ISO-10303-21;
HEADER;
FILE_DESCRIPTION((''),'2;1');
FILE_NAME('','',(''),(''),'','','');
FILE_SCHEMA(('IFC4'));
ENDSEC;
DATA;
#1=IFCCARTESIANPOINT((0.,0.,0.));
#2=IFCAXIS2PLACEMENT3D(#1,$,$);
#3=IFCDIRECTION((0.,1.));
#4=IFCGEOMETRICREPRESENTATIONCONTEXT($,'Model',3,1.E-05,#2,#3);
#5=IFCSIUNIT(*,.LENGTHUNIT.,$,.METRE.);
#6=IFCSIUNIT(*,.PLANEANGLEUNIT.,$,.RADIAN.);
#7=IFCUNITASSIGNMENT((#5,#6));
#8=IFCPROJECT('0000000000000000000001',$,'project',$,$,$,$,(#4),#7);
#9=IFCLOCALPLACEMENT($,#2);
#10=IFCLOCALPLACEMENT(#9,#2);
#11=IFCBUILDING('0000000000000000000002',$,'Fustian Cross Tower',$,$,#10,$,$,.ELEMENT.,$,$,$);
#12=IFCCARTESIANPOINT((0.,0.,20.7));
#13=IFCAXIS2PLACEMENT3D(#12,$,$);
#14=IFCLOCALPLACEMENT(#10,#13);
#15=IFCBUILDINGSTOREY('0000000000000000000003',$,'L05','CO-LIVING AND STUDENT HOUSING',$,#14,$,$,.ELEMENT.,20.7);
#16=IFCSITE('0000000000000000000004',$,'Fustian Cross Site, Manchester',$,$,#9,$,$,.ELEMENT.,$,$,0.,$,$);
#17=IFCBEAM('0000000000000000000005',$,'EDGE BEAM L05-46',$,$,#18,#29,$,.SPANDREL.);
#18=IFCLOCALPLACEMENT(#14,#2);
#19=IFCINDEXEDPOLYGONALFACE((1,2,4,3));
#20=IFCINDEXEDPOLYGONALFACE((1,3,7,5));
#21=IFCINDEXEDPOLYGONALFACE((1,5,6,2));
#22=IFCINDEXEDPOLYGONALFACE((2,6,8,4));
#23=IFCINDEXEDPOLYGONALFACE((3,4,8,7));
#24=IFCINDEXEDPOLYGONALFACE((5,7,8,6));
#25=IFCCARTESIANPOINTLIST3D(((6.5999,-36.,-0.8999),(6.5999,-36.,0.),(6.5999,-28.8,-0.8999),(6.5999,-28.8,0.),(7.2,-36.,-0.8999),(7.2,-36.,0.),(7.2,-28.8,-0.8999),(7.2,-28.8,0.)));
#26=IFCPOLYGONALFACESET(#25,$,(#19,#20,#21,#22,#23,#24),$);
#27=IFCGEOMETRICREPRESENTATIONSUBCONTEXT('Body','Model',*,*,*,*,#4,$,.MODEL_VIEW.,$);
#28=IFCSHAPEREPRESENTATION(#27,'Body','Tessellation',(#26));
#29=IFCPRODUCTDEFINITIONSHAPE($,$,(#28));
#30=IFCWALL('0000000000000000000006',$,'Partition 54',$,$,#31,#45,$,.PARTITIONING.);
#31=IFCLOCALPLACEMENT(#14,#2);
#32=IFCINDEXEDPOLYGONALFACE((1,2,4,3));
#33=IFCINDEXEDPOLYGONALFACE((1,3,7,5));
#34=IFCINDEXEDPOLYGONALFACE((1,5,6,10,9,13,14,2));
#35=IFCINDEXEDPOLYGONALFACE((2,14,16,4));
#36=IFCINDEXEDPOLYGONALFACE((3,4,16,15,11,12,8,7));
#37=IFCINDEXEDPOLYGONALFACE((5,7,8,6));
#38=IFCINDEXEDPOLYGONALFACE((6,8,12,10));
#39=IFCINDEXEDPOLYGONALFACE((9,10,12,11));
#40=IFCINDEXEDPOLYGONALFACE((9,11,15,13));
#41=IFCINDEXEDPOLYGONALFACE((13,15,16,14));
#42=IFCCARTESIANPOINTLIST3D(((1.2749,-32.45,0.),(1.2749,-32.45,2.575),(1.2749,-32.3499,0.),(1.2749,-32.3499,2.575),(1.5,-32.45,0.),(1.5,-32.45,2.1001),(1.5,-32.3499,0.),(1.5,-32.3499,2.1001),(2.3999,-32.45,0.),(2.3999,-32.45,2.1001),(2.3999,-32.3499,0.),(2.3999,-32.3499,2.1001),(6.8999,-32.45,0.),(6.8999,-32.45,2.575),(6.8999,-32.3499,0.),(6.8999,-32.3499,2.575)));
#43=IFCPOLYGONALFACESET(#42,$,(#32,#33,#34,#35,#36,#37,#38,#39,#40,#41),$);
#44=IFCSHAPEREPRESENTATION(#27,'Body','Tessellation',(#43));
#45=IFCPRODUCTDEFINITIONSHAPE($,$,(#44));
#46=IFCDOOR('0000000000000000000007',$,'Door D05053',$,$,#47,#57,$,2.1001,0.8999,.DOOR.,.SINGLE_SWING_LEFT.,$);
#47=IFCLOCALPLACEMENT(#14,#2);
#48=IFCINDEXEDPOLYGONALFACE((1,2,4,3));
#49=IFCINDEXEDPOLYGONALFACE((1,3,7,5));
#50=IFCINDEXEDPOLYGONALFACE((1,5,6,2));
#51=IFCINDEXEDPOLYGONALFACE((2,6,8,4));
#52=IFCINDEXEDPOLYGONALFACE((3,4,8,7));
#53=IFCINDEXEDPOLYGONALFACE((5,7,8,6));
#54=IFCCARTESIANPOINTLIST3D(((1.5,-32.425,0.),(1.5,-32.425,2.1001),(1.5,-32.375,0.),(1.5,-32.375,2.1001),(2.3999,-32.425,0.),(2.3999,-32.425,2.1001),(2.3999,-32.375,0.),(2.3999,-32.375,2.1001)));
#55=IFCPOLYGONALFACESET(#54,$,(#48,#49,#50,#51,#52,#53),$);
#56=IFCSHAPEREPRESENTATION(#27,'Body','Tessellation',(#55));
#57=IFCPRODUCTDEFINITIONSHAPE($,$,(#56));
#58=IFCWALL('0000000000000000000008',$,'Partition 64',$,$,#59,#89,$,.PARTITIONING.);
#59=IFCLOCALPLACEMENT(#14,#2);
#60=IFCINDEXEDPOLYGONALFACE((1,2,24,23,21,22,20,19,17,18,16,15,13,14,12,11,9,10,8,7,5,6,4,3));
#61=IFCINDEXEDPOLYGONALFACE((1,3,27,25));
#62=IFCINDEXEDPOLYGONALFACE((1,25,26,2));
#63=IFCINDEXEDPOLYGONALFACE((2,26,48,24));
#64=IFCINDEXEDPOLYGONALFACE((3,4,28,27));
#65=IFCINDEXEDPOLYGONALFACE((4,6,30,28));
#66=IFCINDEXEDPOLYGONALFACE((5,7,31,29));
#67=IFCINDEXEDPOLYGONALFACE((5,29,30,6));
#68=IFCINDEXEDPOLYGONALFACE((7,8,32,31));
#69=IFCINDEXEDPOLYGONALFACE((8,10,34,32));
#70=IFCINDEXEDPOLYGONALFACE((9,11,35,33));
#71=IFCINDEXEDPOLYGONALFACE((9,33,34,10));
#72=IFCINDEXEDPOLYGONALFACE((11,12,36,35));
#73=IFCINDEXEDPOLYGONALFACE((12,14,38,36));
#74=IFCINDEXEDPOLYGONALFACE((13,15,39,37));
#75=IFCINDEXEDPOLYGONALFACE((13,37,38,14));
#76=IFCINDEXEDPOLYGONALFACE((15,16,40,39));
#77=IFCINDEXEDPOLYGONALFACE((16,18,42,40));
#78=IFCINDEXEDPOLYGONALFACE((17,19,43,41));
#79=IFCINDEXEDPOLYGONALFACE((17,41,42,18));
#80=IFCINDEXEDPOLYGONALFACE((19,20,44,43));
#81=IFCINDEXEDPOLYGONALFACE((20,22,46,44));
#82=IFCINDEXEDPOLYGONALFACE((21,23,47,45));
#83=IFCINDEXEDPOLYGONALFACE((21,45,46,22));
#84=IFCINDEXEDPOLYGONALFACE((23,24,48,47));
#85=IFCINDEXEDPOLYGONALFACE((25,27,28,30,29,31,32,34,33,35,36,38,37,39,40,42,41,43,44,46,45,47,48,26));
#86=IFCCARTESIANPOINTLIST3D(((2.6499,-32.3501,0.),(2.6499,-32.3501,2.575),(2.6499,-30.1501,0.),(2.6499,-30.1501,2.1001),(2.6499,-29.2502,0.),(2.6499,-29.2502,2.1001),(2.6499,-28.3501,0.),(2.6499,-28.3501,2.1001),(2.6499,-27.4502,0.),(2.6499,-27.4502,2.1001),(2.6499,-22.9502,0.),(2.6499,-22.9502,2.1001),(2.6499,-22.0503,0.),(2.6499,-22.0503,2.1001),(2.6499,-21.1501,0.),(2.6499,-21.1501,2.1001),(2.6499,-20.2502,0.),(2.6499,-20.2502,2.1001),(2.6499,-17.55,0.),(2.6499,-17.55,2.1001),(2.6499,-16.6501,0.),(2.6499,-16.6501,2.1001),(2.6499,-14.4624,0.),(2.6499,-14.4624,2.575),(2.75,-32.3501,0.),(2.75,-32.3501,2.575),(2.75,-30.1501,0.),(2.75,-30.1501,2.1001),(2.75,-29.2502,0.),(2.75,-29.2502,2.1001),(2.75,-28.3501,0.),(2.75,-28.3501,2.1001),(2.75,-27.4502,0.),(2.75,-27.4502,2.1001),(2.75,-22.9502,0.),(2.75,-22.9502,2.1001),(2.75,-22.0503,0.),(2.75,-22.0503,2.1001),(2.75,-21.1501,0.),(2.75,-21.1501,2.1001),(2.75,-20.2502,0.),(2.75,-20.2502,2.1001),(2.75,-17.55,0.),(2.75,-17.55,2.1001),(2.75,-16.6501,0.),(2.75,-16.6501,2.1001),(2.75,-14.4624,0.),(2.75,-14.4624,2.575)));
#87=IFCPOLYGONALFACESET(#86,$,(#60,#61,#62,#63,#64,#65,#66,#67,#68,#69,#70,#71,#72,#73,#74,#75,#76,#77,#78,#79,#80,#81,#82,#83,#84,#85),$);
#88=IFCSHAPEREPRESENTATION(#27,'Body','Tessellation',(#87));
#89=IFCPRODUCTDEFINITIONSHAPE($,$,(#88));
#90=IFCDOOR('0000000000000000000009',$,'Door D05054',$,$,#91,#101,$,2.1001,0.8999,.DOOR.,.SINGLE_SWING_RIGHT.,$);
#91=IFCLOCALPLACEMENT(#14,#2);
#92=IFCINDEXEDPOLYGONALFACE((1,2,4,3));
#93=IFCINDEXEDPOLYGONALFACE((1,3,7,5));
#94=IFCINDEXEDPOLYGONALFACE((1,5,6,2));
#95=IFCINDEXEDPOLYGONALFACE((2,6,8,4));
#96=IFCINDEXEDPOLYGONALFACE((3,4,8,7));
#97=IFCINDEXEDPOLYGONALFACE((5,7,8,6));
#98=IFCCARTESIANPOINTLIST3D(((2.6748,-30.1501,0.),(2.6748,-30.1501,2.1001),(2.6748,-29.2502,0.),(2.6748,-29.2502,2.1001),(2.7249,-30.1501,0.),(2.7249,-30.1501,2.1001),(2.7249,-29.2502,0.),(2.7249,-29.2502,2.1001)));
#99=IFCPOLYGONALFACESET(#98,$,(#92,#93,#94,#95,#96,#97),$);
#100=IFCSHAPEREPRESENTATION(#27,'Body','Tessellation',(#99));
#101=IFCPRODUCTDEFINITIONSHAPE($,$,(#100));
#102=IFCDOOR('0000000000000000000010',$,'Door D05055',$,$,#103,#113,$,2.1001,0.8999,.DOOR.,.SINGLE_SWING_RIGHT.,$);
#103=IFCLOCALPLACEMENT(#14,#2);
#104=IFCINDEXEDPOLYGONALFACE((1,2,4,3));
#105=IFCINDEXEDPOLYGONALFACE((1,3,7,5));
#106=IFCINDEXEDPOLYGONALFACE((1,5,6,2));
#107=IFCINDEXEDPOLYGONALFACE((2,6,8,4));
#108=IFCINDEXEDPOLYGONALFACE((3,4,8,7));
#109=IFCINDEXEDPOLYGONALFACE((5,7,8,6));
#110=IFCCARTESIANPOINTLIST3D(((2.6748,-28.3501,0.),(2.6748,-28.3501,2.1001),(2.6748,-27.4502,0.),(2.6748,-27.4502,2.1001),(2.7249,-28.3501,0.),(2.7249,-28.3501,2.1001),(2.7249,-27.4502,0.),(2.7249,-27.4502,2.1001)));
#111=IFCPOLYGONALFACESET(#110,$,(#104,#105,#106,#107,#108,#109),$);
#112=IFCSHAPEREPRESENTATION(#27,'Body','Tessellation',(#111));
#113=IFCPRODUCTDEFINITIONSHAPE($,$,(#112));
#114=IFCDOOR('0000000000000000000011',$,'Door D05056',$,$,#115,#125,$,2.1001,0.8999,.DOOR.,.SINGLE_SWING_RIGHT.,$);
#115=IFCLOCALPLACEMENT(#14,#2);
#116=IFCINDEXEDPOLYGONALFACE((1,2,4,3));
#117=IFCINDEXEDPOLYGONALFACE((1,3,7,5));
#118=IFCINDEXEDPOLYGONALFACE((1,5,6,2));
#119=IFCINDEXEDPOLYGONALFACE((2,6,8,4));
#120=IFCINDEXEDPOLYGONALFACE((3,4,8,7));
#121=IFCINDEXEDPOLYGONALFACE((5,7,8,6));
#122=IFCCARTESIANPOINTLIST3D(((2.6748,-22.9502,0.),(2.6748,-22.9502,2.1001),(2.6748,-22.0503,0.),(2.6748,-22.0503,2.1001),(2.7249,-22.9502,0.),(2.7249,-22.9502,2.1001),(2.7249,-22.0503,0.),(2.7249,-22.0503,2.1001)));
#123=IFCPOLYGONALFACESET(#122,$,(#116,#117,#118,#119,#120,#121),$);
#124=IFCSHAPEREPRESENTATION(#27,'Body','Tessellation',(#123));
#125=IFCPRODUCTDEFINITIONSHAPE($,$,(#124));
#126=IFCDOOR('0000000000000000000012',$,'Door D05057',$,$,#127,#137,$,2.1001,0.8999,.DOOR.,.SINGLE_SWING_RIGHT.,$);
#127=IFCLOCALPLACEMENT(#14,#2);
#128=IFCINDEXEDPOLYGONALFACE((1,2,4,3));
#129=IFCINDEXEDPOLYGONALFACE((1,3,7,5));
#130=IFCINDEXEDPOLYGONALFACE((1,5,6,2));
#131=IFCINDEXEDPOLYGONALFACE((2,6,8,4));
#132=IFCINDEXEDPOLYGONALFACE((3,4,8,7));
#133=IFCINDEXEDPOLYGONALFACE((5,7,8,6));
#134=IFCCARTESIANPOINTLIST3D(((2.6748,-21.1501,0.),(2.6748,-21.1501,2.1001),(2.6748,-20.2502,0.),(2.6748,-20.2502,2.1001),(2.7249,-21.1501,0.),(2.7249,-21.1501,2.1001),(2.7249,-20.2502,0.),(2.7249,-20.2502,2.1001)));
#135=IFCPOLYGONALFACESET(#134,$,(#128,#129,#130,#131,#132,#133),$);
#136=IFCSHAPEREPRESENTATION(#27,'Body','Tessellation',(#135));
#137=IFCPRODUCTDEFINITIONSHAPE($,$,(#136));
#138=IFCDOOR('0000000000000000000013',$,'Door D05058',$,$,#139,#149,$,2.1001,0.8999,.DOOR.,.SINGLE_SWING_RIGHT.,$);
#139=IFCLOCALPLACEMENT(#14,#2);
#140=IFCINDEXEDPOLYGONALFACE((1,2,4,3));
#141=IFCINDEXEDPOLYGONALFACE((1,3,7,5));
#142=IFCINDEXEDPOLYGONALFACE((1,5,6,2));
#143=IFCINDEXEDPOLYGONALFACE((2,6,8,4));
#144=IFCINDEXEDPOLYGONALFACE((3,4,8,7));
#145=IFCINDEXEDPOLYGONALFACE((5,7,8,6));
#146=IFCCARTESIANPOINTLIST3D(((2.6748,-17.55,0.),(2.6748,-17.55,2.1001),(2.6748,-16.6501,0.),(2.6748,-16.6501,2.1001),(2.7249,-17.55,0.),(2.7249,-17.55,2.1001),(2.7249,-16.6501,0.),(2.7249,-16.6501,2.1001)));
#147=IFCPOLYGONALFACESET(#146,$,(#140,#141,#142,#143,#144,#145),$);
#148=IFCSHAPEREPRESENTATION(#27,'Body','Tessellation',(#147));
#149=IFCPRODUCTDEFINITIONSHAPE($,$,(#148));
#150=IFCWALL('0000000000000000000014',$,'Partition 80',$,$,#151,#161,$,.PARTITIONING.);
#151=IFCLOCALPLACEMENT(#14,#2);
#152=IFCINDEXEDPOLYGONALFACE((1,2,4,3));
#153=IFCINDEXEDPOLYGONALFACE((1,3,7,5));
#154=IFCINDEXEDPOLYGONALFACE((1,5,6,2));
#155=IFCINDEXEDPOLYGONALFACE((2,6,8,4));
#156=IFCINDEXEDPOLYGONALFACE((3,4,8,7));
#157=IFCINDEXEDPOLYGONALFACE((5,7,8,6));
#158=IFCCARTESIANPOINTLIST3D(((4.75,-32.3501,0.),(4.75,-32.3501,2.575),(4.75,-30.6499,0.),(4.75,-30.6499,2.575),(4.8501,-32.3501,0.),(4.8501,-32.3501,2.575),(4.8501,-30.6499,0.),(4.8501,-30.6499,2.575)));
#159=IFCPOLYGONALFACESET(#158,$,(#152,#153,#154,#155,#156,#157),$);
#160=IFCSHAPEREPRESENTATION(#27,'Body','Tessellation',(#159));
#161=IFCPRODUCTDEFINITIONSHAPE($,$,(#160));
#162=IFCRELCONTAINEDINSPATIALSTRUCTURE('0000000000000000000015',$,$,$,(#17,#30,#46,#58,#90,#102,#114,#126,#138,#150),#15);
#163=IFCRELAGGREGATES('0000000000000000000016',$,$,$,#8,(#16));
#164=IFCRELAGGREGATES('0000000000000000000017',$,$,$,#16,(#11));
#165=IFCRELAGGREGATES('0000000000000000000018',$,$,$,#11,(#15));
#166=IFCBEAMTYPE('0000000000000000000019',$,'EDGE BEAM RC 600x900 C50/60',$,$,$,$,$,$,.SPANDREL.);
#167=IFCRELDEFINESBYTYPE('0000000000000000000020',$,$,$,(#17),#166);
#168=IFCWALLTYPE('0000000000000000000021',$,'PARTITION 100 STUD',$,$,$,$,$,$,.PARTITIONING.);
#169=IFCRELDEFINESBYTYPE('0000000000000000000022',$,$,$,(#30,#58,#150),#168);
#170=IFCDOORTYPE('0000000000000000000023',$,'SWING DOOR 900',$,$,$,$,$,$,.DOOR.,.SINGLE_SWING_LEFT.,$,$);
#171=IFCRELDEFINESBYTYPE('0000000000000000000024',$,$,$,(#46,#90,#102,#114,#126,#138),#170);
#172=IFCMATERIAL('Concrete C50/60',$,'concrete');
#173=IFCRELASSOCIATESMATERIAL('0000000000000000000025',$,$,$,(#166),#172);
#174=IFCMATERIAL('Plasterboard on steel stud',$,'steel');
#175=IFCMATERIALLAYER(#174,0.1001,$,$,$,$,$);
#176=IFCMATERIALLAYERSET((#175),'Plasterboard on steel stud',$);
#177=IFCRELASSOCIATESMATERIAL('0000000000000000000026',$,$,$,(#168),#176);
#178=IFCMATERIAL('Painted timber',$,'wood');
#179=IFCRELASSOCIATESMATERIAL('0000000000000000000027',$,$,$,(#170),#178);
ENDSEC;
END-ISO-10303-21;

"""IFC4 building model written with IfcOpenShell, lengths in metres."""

from ifc_helpers import new_model, si_unit, direction, frame, frame_2d, origin, origin_2d, place, context, subcontext, project, spatial, rectangle, extrude, material, layer, layer_set, material_profile, profile_set, type_object, element, fill, save


model = new_model("IFC4")

# Units and contexts
model_context = context("Model", 3, precision=1e-05, world=origin(), true_north=direction((0.0, 1.0)))
body_context = subcontext(model_context, "Body", "Model", "MODEL_VIEW")
ifc_project = project(units=[si_unit("LENGTHUNIT", "METRE"), si_unit("PLANEANGLEUNIT", "RADIAN")], contexts=[model_context])

# Site, building, storey
site_placement = place(None, origin())
site = spatial("IfcSite", under=ifc_project, at=site_placement, Name="Fustian Cross Site, Manchester", CompositionType="ELEMENT", RefElevation=0.0)
building_placement = place(site_placement, origin())
building = spatial("IfcBuilding", under=site, at=building_placement, Name="Fustian Cross Tower", CompositionType="ELEMENT")
storey_placement = place(building_placement, frame((0.0, 0.0, 20.7)))
storey = spatial("IfcBuildingStorey", under=building, at=storey_placement, Name="L05", Description="CO-LIVING AND STUDENT HOUSING", CompositionType="ELEMENT", Elevation=20.7)

# Beam
ifc_material_1 = material(Name="Concrete C50/60", Category="concrete")
ifc_material_profile = material_profile(ifc_material_1, rectangle(XDim=0.6001, YDim=0.8999, at=origin_2d()), Name="RC 600x900")
ifc_profile_set = profile_set([ifc_material_profile], Name="Concrete C50/60")
beam_type = type_object("IfcBeamType", Name="EDGE BEAM RC 600x900 C50/60", PredefinedType="SPANDREL", material=ifc_profile_set)
beam_placement = place(storey_placement, frame((6.8999, -36.0, -0.45), z_axis=(0.0, 1.0, 0.0), x_axis=(-1.0, 0.0, 0.0)))
element("IfcBeam", 1, at=beam_placement, inside=storey, type_object=beam_type, Name="EDGE BEAM L05-46", PredefinedType="SPANDREL", context=body_context, shape_type="SweptSolid", body=[
    extrude(rectangle(XDim=0.6001, YDim=0.8999, at=origin_2d()), origin(), (0.0, 0.0, 1.0), 7.2),
])

# Wall, opening, door
ifc_material_2 = material(Name="Plasterboard on steel stud", Category="steel")
ifc_layer_1 = layer(ifc_material_2, 0.1001)
ifc_layer_set_1 = layer_set([ifc_layer_1], Name="Plasterboard on steel stud")
wall_type_1 = type_object("IfcWallType", Name="PARTITION 100 STUD", PredefinedType="PARTITIONING", material=ifc_layer_set_1)
wall_1_placement = place(storey_placement, frame((1.2749, -32.3999, 0.0), z_axis=(0.0, 0.0, 1.0), x_axis=(1.0, 0.0, 0.0)))
wall_1 = element("IfcWall", 2, at=wall_1_placement, inside=storey, type_object=wall_type_1, Name="Partition 54", PredefinedType="PARTITIONING", context=body_context, shape_type="SweptSolid", body=[
    extrude(rectangle(XDim=5.625, YDim=0.1001, at=frame_2d((2.8125, 0.0))), origin(), (0.0, 0.0, 1.0), 2.575),
])
opening_1_placement = place(wall_1_placement, frame((0.2251, 0.0, 0.0)))
opening_1 = element("IfcOpeningElement", 3, at=opening_1_placement, cuts=wall_1, PredefinedType="OPENING", context=body_context, shape_type="SweptSolid", body=[
    extrude(rectangle(XDim=0.8999, YDim=2.1001, at=frame_2d((0.45, 1.05))), frame((0.0, 0.0601, 0.0), z_axis=(0.0, -1.0, 0.0), x_axis=(1.0, 0.0, 0.0)), (0.0, 0.0, 1.0), 0.1201),
])
ifc_material_3 = material(Name="Painted timber", Category="wood")
door_type_1 = type_object("IfcDoorType", Name="SWING DOOR 900", OperationType="SINGLE_SWING_LEFT", PredefinedType="DOOR", material=ifc_material_3)
door_1_placement = place(opening_1_placement, origin())
door_1 = element("IfcDoor", 4, at=door_1_placement, inside=storey, type_object=door_type_1, Name="Door D05053", OperationType="SINGLE_SWING_LEFT", OverallHeight=2.1001, OverallWidth=0.8999, PredefinedType="DOOR", context=body_context, shape_type="SweptSolid", body=[
    extrude(rectangle(XDim=0.8999, YDim=2.1001, at=frame_2d((0.45, 1.05))), frame((0.0, 0.0249, 0.0), z_axis=(0.0, -1.0, 0.0), x_axis=(1.0, 0.0, 0.0)), (0.0, 0.0, 1.0), 0.05),
])
fill(opening_1, door_1)

# Wall, openings, doors
wall_2_placement = place(storey_placement, frame((2.7, -32.3501, 0.0), z_axis=(0.0, 0.0, 1.0), x_axis=(0.0, 1.0, 0.0)))
wall_2 = element("IfcWall", 5, at=wall_2_placement, inside=storey, type_object=wall_type_1, Name="Partition 64", PredefinedType="PARTITIONING", context=body_context, shape_type="SweptSolid", body=[
    extrude(rectangle(XDim=17.8877, YDim=0.1001, at=frame_2d((8.9438, 0.0))), origin(), (0.0, 0.0, 1.0), 2.575),
])
opening_2_placement = place(wall_2_placement, frame((2.2, 0.0, 0.0)))
opening_2 = element("IfcOpeningElement", 6, at=opening_2_placement, cuts=wall_2, PredefinedType="OPENING", context=body_context, shape_type="SweptSolid", body=[
    extrude(rectangle(XDim=0.8999, YDim=2.1001, at=frame_2d((0.45, 1.05))), frame((0.0, 0.0601, 0.0), z_axis=(0.0, -1.0, 0.0), x_axis=(1.0, 0.0, 0.0)), (0.0, 0.0, 1.0), 0.1201),
])
opening_3_placement = place(wall_2_placement, frame((4.0, 0.0, 0.0)))
opening_3 = element("IfcOpeningElement", 7, at=opening_3_placement, cuts=wall_2, PredefinedType="OPENING", context=body_context, shape_type="SweptSolid", body=[
    extrude(rectangle(XDim=0.8999, YDim=2.1001, at=frame_2d((0.45, 1.05))), frame((0.0, 0.0601, 0.0), z_axis=(0.0, -1.0, 0.0), x_axis=(1.0, 0.0, 0.0)), (0.0, 0.0, 1.0), 0.1201),
])
opening_4_placement = place(wall_2_placement, frame((9.3999, 0.0, 0.0)))
opening_4 = element("IfcOpeningElement", 8, at=opening_4_placement, cuts=wall_2, PredefinedType="OPENING", context=body_context, shape_type="SweptSolid", body=[
    extrude(rectangle(XDim=0.8999, YDim=2.1001, at=frame_2d((0.45, 1.05))), frame((0.0, 0.0601, 0.0), z_axis=(0.0, -1.0, 0.0), x_axis=(1.0, 0.0, 0.0)), (0.0, 0.0, 1.0), 0.1201),
])
opening_5_placement = place(wall_2_placement, frame((11.2, 0.0, 0.0)))
opening_5 = element("IfcOpeningElement", 9, at=opening_5_placement, cuts=wall_2, PredefinedType="OPENING", context=body_context, shape_type="SweptSolid", body=[
    extrude(rectangle(XDim=0.8999, YDim=2.1001, at=frame_2d((0.45, 1.05))), frame((0.0, 0.0601, 0.0), z_axis=(0.0, -1.0, 0.0), x_axis=(1.0, 0.0, 0.0)), (0.0, 0.0, 1.0), 0.1201),
])
opening_6_placement = place(wall_2_placement, frame((14.8, 0.0, 0.0)))
opening_6 = element("IfcOpeningElement", 10, at=opening_6_placement, cuts=wall_2, PredefinedType="OPENING", context=body_context, shape_type="SweptSolid", body=[
    extrude(rectangle(XDim=0.8999, YDim=2.1001, at=frame_2d((0.45, 1.05))), frame((0.0, 0.0601, 0.0), z_axis=(0.0, -1.0, 0.0), x_axis=(1.0, 0.0, 0.0)), (0.0, 0.0, 1.0), 0.1201),
])
door_2_placement = place(opening_2_placement, frame((0.8999, 0.0, 0.0), z_axis=(0.0, 0.0, 1.0), x_axis=(-1.0, 0.0, 0.0)))
door_2 = element("IfcDoor", 11, at=door_2_placement, inside=storey, type_object=door_type_1, Name="Door D05054", OperationType="SINGLE_SWING_RIGHT", OverallHeight=2.1001, OverallWidth=0.8999, PredefinedType="DOOR", context=body_context, shape_type="SweptSolid", body=[
    extrude(rectangle(XDim=0.8999, YDim=2.1001, at=frame_2d((0.45, 1.05))), frame((0.0, 0.0249, 0.0), z_axis=(0.0, -1.0, 0.0), x_axis=(1.0, 0.0, 0.0)), (0.0, 0.0, 1.0), 0.05),
])
fill(opening_2, door_2)
door_3_placement = place(opening_3_placement, frame((0.8999, 0.0, 0.0), z_axis=(0.0, 0.0, 1.0), x_axis=(-1.0, 0.0, 0.0)))
door_3 = element("IfcDoor", 12, at=door_3_placement, inside=storey, type_object=door_type_1, Name="Door D05055", OperationType="SINGLE_SWING_RIGHT", OverallHeight=2.1001, OverallWidth=0.8999, PredefinedType="DOOR", context=body_context, shape_type="SweptSolid", body=[
    extrude(rectangle(XDim=0.8999, YDim=2.1001, at=frame_2d((0.45, 1.05))), frame((0.0, 0.0249, 0.0), z_axis=(0.0, -1.0, 0.0), x_axis=(1.0, 0.0, 0.0)), (0.0, 0.0, 1.0), 0.05),
])
fill(opening_3, door_3)
door_4_placement = place(opening_4_placement, frame((0.8999, 0.0, 0.0), z_axis=(0.0, 0.0, 1.0), x_axis=(-1.0, 0.0, 0.0)))
door_4 = element("IfcDoor", 13, at=door_4_placement, inside=storey, type_object=door_type_1, Name="Door D05056", OperationType="SINGLE_SWING_RIGHT", OverallHeight=2.1001, OverallWidth=0.8999, PredefinedType="DOOR", context=body_context, shape_type="SweptSolid", body=[
    extrude(rectangle(XDim=0.8999, YDim=2.1001, at=frame_2d((0.45, 1.05))), frame((0.0, 0.0249, 0.0), z_axis=(0.0, -1.0, 0.0), x_axis=(1.0, 0.0, 0.0)), (0.0, 0.0, 1.0), 0.05),
])
fill(opening_4, door_4)
door_5_placement = place(opening_5_placement, frame((0.8999, 0.0, 0.0), z_axis=(0.0, 0.0, 1.0), x_axis=(-1.0, 0.0, 0.0)))
door_5 = element("IfcDoor", 14, at=door_5_placement, inside=storey, type_object=door_type_1, Name="Door D05057", OperationType="SINGLE_SWING_RIGHT", OverallHeight=2.1001, OverallWidth=0.8999, PredefinedType="DOOR", context=body_context, shape_type="SweptSolid", body=[
    extrude(rectangle(XDim=0.8999, YDim=2.1001, at=frame_2d((0.45, 1.05))), frame((0.0, 0.0249, 0.0), z_axis=(0.0, -1.0, 0.0), x_axis=(1.0, 0.0, 0.0)), (0.0, 0.0, 1.0), 0.05),
])
fill(opening_5, door_5)
door_6_placement = place(opening_6_placement, frame((0.8999, 0.0, 0.0), z_axis=(0.0, 0.0, 1.0), x_axis=(-1.0, 0.0, 0.0)))
door_6 = element("IfcDoor", 15, at=door_6_placement, inside=storey, type_object=door_type_1, Name="Door D05058", OperationType="SINGLE_SWING_RIGHT", OverallHeight=2.1001, OverallWidth=0.8999, PredefinedType="DOOR", context=body_context, shape_type="SweptSolid", body=[
    extrude(rectangle(XDim=0.8999, YDim=2.1001, at=frame_2d((0.45, 1.05))), frame((0.0, 0.0249, 0.0), z_axis=(0.0, -1.0, 0.0), x_axis=(1.0, 0.0, 0.0)), (0.0, 0.0, 1.0), 0.05),
])
fill(opening_6, door_6)

# Wall
wall_3_placement = place(storey_placement, frame((4.8, -32.3501, 0.0), z_axis=(0.0, 0.0, 1.0), x_axis=(0.0, 1.0, 0.0)))
element("IfcWall", 16, at=wall_3_placement, inside=storey, type_object=wall_type_1, Name="Partition 80", PredefinedType="PARTITIONING", context=body_context, shape_type="SweptSolid", body=[
    extrude(rectangle(XDim=1.7002, YDim=0.1001, at=frame_2d((0.8501, 0.0))), origin(), (0.0, 0.0, 1.0), 2.575),
])

save(model, "model.ifc")
